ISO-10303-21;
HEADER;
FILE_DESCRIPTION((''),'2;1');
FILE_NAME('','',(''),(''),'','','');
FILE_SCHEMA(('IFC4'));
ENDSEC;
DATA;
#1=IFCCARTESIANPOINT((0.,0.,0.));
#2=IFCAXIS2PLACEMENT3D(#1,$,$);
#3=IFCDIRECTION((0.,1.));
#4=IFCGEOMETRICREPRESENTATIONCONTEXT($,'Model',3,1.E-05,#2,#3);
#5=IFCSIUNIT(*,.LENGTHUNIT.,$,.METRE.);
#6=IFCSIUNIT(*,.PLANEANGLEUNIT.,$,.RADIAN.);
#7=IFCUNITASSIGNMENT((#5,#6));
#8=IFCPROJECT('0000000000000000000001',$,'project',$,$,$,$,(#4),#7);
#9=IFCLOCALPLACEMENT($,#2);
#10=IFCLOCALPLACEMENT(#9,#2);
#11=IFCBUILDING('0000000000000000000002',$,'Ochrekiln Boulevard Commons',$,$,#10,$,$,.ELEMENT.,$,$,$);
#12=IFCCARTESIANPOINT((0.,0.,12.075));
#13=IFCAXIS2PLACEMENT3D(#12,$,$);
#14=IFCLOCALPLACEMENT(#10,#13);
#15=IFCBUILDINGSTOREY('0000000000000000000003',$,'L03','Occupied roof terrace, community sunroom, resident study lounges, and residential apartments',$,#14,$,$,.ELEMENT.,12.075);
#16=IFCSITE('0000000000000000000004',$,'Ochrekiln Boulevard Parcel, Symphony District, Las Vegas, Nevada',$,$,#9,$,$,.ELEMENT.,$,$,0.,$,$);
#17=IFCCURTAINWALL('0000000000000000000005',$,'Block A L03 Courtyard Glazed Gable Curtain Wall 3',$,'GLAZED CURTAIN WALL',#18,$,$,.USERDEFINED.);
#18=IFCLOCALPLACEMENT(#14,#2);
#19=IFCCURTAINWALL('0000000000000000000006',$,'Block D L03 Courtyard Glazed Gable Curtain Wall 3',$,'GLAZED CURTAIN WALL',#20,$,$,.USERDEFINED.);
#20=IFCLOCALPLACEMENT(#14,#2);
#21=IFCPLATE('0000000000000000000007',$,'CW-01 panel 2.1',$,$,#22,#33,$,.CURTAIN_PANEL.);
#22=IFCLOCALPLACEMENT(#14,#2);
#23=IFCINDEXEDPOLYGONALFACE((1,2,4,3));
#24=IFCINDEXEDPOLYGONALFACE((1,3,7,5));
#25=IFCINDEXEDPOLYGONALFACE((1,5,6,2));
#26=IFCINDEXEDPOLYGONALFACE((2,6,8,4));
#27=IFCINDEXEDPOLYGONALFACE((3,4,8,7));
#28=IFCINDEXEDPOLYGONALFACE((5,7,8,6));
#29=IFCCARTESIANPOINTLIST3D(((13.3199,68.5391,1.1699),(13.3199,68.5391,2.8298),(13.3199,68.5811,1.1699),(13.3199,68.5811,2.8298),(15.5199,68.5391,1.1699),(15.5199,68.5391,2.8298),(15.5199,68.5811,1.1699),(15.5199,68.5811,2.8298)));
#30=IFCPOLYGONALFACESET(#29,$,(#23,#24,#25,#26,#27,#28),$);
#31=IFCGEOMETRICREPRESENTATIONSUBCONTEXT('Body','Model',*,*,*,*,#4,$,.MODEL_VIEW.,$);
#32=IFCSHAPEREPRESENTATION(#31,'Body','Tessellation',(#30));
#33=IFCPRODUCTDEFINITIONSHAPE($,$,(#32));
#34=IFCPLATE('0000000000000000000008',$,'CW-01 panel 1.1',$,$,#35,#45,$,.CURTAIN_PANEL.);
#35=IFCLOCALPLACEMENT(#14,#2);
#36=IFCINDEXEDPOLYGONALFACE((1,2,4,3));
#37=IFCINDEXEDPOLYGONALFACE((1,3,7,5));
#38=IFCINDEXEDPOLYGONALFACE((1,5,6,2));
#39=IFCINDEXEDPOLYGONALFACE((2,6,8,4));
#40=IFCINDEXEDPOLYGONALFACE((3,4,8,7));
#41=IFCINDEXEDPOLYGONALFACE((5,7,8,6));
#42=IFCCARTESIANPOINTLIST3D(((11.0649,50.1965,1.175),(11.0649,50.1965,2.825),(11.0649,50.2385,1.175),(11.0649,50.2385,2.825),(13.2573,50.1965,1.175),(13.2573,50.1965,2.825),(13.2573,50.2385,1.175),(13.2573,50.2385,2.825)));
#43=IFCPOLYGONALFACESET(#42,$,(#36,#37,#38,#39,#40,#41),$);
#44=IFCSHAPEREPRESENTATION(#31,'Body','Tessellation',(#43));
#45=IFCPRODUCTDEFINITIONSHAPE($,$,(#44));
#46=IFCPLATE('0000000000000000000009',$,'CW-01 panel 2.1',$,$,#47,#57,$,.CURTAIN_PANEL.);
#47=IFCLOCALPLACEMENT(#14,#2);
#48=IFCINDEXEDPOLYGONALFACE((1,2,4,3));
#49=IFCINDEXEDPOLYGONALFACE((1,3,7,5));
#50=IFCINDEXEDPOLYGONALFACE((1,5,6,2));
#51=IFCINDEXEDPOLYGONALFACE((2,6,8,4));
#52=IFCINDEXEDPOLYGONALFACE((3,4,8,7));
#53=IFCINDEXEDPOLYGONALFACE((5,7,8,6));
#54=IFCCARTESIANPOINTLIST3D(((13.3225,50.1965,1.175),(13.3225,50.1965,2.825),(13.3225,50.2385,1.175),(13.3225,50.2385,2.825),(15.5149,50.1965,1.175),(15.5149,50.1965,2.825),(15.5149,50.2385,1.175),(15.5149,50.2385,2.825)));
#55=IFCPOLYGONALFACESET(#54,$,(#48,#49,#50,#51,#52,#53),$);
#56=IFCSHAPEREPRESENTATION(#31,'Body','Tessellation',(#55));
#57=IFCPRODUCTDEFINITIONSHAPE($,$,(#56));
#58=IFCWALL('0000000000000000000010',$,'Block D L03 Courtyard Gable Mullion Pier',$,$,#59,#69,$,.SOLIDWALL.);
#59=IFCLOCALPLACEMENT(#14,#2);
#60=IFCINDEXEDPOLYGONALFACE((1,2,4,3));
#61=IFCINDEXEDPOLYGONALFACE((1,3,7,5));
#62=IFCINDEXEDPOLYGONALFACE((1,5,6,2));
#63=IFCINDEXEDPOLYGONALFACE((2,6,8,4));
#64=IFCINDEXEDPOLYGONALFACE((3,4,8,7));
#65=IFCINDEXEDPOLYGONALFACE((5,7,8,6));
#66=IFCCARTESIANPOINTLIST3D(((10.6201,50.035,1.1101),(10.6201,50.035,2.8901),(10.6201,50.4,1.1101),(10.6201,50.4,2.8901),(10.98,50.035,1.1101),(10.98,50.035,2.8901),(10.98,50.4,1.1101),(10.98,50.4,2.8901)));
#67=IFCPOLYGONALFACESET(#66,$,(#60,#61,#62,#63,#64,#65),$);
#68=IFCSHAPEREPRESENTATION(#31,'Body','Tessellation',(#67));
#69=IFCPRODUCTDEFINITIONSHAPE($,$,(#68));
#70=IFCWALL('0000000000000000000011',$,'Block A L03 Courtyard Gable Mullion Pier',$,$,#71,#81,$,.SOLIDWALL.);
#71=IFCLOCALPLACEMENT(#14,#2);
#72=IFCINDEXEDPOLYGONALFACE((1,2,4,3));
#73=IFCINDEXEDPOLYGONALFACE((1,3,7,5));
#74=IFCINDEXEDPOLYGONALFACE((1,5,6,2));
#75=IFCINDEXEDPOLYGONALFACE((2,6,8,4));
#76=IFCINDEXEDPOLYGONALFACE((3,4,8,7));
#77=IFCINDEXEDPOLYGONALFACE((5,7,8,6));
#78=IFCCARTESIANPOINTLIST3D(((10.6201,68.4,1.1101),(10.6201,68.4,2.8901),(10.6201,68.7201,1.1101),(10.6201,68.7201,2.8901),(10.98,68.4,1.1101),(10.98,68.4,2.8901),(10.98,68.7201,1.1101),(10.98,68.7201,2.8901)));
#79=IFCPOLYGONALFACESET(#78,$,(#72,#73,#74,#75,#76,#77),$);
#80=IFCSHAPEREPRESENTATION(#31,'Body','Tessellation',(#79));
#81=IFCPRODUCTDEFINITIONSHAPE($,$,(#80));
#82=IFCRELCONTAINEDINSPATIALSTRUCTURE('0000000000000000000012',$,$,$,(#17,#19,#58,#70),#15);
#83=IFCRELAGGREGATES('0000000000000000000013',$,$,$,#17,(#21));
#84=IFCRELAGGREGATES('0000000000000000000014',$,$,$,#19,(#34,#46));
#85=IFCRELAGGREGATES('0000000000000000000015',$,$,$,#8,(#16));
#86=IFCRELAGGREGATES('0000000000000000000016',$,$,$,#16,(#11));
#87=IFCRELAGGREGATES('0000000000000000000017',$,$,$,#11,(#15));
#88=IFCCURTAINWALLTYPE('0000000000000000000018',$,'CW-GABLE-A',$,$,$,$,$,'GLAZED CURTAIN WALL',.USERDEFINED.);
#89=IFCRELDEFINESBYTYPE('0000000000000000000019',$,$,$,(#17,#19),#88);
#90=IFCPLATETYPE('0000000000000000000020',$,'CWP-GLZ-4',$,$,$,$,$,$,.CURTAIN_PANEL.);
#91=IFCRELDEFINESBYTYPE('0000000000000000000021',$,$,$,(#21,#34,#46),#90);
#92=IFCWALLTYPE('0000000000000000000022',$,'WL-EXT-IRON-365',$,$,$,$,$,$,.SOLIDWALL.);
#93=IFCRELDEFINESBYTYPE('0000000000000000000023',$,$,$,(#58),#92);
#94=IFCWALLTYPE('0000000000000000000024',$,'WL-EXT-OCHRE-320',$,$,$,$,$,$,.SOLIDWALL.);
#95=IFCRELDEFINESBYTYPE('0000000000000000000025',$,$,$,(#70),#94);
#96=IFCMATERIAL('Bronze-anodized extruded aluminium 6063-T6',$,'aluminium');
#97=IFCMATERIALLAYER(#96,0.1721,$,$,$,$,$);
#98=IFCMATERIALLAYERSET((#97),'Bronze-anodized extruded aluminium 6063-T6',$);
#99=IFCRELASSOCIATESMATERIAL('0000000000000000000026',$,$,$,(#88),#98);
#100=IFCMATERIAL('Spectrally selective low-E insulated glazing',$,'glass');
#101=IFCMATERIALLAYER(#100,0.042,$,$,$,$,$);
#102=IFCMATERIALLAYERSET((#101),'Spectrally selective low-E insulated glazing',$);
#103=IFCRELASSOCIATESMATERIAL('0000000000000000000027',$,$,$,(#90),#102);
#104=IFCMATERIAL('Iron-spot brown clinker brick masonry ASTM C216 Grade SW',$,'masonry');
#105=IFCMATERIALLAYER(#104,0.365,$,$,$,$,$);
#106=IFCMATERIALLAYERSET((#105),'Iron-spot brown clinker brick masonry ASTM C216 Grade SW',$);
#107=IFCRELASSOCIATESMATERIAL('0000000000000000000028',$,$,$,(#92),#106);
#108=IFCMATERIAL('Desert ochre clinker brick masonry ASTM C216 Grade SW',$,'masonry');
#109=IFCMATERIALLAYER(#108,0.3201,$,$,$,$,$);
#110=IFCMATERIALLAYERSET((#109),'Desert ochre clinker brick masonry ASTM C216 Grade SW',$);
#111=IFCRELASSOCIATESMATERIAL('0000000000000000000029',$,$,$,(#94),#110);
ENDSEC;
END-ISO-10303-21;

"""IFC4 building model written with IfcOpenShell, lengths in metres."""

from ifc_helpers import new_model, si_unit, direction, frame, frame_2d, origin, origin_2d, place, context, subcontext, project, spatial, rectangle, extrude, material, layer, layer_set, type_object, element, aggregate, save


model = new_model("IFC4")

# Units and contexts
model_context = context("Model", 3, precision=1e-05, world=origin(), true_north=direction((0.0, 1.0)))
body_context = subcontext(model_context, "Body", "Model", "MODEL_VIEW")
ifc_project = project(units=[si_unit("LENGTHUNIT", "METRE"), si_unit("PLANEANGLEUNIT", "RADIAN")], contexts=[model_context])

# Site, building, storey
site_placement = place(None, origin())
site = spatial("IfcSite", under=ifc_project, at=site_placement, Name="Ochrekiln Boulevard Parcel, Symphony District, Las Vegas, Nevada", CompositionType="ELEMENT", RefElevation=0.0)
building_placement = place(site_placement, origin())
building = spatial("IfcBuilding", under=site, at=building_placement, Name="Ochrekiln Boulevard Commons", CompositionType="ELEMENT")
storey_placement = place(building_placement, frame((0.0, 0.0, 12.075)))
storey = spatial("IfcBuildingStorey", under=building, at=storey_placement, Name="L03", Description="Occupied roof terrace, community sunroom, resident study lounges, and residential apartments", CompositionType="ELEMENT", Elevation=12.075)

# Curtain wall
ifc_material_1 = material(Name="Bronze-anodized extruded aluminium 6063-T6", Category="aluminium")
ifc_layer_1 = layer(ifc_material_1, 0.1721)
ifc_layer_set_1 = layer_set([ifc_layer_1], Name="Bronze-anodized extruded aluminium 6063-T6")
curtain_wall_type = type_object("IfcCurtainWallType", Name="CW-GABLE-A", ElementType="GLAZED CURTAIN WALL", PredefinedType="USERDEFINED", material=ifc_layer_set_1)
curtain_wall_1_placement = place(storey_placement, origin())
curtain_wall_1 = element("IfcCurtainWall", 1, at=curtain_wall_1_placement, inside=storey, type_object=curtain_wall_type, Name="Block A L03 Courtyard Glazed Gable Curtain Wall 3", ObjectType="GLAZED CURTAIN WALL", PredefinedType="USERDEFINED")

# Curtain wall
curtain_wall_2_placement = place(storey_placement, origin())
curtain_wall_2 = element("IfcCurtainWall", 2, at=curtain_wall_2_placement, inside=storey, type_object=curtain_wall_type, Name="Block D L03 Courtyard Glazed Gable Curtain Wall 3", ObjectType="GLAZED CURTAIN WALL", PredefinedType="USERDEFINED")

# Plates
ifc_material_2 = material(Name="Spectrally selective low-E insulated glazing", Category="glass")
ifc_layer_2 = layer(ifc_material_2, 0.042)
ifc_layer_set_2 = layer_set([ifc_layer_2], Name="Spectrally selective low-E insulated glazing")
plate_type_1 = type_object("IfcPlateType", Name="CWP-GLZ-4", PredefinedType="CURTAIN_PANEL", material=ifc_layer_set_2)
plate_1_placement = place(storey_placement, frame((14.4199, 68.5601, 1.1699), z_axis=(0.0, 0.0, 1.0), x_axis=(1.0, 0.0, 0.0)))
plate_1 = element("IfcPlate", 3, at=plate_1_placement, type_object=plate_type_1, Name="CW-01 panel 2.1", PredefinedType="CURTAIN_PANEL", context=body_context, shape_type="SweptSolid", body=[
    extrude(rectangle(XDim=2.2, YDim=0.042, at=origin_2d()), origin(), (0.0, 0.0, 1.0), 1.6599),
])
aggregate(curtain_wall_1, [plate_1])
plate_2_placement = place(storey_placement, frame((12.1611, 50.2175, 1.175), z_axis=(0.0, 0.0, 1.0), x_axis=(1.0, 0.0, 0.0)))
plate_2 = element("IfcPlate", 4, at=plate_2_placement, type_object=plate_type_1, Name="CW-01 panel 1.1", PredefinedType="CURTAIN_PANEL", context=body_context, shape_type="SweptSolid", body=[
    extrude(rectangle(XDim=2.1924, YDim=0.042, at=origin_2d()), origin(), (0.0, 0.0, 1.0), 1.6499),
])
plate_3_placement = place(storey_placement, frame((14.4187, 50.2175, 1.175), z_axis=(0.0, 0.0, 1.0), x_axis=(1.0, 0.0, 0.0)))
plate_3 = element("IfcPlate", 5, at=plate_3_placement, type_object=plate_type_1, Name="CW-01 panel 2.1", PredefinedType="CURTAIN_PANEL", context=body_context, shape_type="SweptSolid", body=[
    extrude(rectangle(XDim=2.1924, YDim=0.042, at=origin_2d()), origin(), (0.0, 0.0, 1.0), 1.6499),
])
aggregate(curtain_wall_2, [plate_2, plate_3])

# Walls
ifc_material_3 = material(Name="Iron-spot brown clinker brick masonry ASTM C216 Grade SW", Category="masonry")
ifc_layer_3 = layer(ifc_material_3, 0.365)
ifc_layer_set_3 = layer_set([ifc_layer_3], Name="Iron-spot brown clinker brick masonry ASTM C216 Grade SW")
wall_type_1 = type_object("IfcWallType", Name="WL-EXT-IRON-365", PredefinedType="SOLIDWALL", material=ifc_layer_set_3)
wall_1_placement = place(storey_placement, frame((10.6201, 50.2175, 1.1101), z_axis=(0.0, 0.0, 1.0), x_axis=(1.0, 0.0, 0.0)))
element("IfcWall", 6, at=wall_1_placement, inside=storey, type_object=wall_type_1, Name="Block D L03 Courtyard Gable Mullion Pier", PredefinedType="SOLIDWALL", context=body_context, shape_type="SweptSolid", body=[
    extrude(rectangle(XDim=0.3599, YDim=0.365, at=frame_2d((0.1799, 0.0))), origin(), (0.0, 0.0, 1.0), 1.78),
])
ifc_material_4 = material(Name="Desert ochre clinker brick masonry ASTM C216 Grade SW", Category="masonry")
ifc_layer_4 = layer(ifc_material_4, 0.3201)
ifc_layer_set_4 = layer_set([ifc_layer_4], Name="Desert ochre clinker brick masonry ASTM C216 Grade SW")
wall_type_2 = type_object("IfcWallType", Name="WL-EXT-OCHRE-320", PredefinedType="SOLIDWALL", material=ifc_layer_set_4)
wall_2_placement = place(storey_placement, frame((10.6201, 68.5601, 1.1101), z_axis=(0.0, 0.0, 1.0), x_axis=(1.0, 0.0, 0.0)))
element("IfcWall", 7, at=wall_2_placement, inside=storey, type_object=wall_type_2, Name="Block A L03 Courtyard Gable Mullion Pier", PredefinedType="SOLIDWALL", context=body_context, shape_type="SweptSolid", body=[
    extrude(rectangle(XDim=0.3599, YDim=0.3201, at=frame_2d((0.1799, 0.0))), origin(), (0.0, 0.0, 1.0), 1.78),
])

save(model, "model.ifc")
